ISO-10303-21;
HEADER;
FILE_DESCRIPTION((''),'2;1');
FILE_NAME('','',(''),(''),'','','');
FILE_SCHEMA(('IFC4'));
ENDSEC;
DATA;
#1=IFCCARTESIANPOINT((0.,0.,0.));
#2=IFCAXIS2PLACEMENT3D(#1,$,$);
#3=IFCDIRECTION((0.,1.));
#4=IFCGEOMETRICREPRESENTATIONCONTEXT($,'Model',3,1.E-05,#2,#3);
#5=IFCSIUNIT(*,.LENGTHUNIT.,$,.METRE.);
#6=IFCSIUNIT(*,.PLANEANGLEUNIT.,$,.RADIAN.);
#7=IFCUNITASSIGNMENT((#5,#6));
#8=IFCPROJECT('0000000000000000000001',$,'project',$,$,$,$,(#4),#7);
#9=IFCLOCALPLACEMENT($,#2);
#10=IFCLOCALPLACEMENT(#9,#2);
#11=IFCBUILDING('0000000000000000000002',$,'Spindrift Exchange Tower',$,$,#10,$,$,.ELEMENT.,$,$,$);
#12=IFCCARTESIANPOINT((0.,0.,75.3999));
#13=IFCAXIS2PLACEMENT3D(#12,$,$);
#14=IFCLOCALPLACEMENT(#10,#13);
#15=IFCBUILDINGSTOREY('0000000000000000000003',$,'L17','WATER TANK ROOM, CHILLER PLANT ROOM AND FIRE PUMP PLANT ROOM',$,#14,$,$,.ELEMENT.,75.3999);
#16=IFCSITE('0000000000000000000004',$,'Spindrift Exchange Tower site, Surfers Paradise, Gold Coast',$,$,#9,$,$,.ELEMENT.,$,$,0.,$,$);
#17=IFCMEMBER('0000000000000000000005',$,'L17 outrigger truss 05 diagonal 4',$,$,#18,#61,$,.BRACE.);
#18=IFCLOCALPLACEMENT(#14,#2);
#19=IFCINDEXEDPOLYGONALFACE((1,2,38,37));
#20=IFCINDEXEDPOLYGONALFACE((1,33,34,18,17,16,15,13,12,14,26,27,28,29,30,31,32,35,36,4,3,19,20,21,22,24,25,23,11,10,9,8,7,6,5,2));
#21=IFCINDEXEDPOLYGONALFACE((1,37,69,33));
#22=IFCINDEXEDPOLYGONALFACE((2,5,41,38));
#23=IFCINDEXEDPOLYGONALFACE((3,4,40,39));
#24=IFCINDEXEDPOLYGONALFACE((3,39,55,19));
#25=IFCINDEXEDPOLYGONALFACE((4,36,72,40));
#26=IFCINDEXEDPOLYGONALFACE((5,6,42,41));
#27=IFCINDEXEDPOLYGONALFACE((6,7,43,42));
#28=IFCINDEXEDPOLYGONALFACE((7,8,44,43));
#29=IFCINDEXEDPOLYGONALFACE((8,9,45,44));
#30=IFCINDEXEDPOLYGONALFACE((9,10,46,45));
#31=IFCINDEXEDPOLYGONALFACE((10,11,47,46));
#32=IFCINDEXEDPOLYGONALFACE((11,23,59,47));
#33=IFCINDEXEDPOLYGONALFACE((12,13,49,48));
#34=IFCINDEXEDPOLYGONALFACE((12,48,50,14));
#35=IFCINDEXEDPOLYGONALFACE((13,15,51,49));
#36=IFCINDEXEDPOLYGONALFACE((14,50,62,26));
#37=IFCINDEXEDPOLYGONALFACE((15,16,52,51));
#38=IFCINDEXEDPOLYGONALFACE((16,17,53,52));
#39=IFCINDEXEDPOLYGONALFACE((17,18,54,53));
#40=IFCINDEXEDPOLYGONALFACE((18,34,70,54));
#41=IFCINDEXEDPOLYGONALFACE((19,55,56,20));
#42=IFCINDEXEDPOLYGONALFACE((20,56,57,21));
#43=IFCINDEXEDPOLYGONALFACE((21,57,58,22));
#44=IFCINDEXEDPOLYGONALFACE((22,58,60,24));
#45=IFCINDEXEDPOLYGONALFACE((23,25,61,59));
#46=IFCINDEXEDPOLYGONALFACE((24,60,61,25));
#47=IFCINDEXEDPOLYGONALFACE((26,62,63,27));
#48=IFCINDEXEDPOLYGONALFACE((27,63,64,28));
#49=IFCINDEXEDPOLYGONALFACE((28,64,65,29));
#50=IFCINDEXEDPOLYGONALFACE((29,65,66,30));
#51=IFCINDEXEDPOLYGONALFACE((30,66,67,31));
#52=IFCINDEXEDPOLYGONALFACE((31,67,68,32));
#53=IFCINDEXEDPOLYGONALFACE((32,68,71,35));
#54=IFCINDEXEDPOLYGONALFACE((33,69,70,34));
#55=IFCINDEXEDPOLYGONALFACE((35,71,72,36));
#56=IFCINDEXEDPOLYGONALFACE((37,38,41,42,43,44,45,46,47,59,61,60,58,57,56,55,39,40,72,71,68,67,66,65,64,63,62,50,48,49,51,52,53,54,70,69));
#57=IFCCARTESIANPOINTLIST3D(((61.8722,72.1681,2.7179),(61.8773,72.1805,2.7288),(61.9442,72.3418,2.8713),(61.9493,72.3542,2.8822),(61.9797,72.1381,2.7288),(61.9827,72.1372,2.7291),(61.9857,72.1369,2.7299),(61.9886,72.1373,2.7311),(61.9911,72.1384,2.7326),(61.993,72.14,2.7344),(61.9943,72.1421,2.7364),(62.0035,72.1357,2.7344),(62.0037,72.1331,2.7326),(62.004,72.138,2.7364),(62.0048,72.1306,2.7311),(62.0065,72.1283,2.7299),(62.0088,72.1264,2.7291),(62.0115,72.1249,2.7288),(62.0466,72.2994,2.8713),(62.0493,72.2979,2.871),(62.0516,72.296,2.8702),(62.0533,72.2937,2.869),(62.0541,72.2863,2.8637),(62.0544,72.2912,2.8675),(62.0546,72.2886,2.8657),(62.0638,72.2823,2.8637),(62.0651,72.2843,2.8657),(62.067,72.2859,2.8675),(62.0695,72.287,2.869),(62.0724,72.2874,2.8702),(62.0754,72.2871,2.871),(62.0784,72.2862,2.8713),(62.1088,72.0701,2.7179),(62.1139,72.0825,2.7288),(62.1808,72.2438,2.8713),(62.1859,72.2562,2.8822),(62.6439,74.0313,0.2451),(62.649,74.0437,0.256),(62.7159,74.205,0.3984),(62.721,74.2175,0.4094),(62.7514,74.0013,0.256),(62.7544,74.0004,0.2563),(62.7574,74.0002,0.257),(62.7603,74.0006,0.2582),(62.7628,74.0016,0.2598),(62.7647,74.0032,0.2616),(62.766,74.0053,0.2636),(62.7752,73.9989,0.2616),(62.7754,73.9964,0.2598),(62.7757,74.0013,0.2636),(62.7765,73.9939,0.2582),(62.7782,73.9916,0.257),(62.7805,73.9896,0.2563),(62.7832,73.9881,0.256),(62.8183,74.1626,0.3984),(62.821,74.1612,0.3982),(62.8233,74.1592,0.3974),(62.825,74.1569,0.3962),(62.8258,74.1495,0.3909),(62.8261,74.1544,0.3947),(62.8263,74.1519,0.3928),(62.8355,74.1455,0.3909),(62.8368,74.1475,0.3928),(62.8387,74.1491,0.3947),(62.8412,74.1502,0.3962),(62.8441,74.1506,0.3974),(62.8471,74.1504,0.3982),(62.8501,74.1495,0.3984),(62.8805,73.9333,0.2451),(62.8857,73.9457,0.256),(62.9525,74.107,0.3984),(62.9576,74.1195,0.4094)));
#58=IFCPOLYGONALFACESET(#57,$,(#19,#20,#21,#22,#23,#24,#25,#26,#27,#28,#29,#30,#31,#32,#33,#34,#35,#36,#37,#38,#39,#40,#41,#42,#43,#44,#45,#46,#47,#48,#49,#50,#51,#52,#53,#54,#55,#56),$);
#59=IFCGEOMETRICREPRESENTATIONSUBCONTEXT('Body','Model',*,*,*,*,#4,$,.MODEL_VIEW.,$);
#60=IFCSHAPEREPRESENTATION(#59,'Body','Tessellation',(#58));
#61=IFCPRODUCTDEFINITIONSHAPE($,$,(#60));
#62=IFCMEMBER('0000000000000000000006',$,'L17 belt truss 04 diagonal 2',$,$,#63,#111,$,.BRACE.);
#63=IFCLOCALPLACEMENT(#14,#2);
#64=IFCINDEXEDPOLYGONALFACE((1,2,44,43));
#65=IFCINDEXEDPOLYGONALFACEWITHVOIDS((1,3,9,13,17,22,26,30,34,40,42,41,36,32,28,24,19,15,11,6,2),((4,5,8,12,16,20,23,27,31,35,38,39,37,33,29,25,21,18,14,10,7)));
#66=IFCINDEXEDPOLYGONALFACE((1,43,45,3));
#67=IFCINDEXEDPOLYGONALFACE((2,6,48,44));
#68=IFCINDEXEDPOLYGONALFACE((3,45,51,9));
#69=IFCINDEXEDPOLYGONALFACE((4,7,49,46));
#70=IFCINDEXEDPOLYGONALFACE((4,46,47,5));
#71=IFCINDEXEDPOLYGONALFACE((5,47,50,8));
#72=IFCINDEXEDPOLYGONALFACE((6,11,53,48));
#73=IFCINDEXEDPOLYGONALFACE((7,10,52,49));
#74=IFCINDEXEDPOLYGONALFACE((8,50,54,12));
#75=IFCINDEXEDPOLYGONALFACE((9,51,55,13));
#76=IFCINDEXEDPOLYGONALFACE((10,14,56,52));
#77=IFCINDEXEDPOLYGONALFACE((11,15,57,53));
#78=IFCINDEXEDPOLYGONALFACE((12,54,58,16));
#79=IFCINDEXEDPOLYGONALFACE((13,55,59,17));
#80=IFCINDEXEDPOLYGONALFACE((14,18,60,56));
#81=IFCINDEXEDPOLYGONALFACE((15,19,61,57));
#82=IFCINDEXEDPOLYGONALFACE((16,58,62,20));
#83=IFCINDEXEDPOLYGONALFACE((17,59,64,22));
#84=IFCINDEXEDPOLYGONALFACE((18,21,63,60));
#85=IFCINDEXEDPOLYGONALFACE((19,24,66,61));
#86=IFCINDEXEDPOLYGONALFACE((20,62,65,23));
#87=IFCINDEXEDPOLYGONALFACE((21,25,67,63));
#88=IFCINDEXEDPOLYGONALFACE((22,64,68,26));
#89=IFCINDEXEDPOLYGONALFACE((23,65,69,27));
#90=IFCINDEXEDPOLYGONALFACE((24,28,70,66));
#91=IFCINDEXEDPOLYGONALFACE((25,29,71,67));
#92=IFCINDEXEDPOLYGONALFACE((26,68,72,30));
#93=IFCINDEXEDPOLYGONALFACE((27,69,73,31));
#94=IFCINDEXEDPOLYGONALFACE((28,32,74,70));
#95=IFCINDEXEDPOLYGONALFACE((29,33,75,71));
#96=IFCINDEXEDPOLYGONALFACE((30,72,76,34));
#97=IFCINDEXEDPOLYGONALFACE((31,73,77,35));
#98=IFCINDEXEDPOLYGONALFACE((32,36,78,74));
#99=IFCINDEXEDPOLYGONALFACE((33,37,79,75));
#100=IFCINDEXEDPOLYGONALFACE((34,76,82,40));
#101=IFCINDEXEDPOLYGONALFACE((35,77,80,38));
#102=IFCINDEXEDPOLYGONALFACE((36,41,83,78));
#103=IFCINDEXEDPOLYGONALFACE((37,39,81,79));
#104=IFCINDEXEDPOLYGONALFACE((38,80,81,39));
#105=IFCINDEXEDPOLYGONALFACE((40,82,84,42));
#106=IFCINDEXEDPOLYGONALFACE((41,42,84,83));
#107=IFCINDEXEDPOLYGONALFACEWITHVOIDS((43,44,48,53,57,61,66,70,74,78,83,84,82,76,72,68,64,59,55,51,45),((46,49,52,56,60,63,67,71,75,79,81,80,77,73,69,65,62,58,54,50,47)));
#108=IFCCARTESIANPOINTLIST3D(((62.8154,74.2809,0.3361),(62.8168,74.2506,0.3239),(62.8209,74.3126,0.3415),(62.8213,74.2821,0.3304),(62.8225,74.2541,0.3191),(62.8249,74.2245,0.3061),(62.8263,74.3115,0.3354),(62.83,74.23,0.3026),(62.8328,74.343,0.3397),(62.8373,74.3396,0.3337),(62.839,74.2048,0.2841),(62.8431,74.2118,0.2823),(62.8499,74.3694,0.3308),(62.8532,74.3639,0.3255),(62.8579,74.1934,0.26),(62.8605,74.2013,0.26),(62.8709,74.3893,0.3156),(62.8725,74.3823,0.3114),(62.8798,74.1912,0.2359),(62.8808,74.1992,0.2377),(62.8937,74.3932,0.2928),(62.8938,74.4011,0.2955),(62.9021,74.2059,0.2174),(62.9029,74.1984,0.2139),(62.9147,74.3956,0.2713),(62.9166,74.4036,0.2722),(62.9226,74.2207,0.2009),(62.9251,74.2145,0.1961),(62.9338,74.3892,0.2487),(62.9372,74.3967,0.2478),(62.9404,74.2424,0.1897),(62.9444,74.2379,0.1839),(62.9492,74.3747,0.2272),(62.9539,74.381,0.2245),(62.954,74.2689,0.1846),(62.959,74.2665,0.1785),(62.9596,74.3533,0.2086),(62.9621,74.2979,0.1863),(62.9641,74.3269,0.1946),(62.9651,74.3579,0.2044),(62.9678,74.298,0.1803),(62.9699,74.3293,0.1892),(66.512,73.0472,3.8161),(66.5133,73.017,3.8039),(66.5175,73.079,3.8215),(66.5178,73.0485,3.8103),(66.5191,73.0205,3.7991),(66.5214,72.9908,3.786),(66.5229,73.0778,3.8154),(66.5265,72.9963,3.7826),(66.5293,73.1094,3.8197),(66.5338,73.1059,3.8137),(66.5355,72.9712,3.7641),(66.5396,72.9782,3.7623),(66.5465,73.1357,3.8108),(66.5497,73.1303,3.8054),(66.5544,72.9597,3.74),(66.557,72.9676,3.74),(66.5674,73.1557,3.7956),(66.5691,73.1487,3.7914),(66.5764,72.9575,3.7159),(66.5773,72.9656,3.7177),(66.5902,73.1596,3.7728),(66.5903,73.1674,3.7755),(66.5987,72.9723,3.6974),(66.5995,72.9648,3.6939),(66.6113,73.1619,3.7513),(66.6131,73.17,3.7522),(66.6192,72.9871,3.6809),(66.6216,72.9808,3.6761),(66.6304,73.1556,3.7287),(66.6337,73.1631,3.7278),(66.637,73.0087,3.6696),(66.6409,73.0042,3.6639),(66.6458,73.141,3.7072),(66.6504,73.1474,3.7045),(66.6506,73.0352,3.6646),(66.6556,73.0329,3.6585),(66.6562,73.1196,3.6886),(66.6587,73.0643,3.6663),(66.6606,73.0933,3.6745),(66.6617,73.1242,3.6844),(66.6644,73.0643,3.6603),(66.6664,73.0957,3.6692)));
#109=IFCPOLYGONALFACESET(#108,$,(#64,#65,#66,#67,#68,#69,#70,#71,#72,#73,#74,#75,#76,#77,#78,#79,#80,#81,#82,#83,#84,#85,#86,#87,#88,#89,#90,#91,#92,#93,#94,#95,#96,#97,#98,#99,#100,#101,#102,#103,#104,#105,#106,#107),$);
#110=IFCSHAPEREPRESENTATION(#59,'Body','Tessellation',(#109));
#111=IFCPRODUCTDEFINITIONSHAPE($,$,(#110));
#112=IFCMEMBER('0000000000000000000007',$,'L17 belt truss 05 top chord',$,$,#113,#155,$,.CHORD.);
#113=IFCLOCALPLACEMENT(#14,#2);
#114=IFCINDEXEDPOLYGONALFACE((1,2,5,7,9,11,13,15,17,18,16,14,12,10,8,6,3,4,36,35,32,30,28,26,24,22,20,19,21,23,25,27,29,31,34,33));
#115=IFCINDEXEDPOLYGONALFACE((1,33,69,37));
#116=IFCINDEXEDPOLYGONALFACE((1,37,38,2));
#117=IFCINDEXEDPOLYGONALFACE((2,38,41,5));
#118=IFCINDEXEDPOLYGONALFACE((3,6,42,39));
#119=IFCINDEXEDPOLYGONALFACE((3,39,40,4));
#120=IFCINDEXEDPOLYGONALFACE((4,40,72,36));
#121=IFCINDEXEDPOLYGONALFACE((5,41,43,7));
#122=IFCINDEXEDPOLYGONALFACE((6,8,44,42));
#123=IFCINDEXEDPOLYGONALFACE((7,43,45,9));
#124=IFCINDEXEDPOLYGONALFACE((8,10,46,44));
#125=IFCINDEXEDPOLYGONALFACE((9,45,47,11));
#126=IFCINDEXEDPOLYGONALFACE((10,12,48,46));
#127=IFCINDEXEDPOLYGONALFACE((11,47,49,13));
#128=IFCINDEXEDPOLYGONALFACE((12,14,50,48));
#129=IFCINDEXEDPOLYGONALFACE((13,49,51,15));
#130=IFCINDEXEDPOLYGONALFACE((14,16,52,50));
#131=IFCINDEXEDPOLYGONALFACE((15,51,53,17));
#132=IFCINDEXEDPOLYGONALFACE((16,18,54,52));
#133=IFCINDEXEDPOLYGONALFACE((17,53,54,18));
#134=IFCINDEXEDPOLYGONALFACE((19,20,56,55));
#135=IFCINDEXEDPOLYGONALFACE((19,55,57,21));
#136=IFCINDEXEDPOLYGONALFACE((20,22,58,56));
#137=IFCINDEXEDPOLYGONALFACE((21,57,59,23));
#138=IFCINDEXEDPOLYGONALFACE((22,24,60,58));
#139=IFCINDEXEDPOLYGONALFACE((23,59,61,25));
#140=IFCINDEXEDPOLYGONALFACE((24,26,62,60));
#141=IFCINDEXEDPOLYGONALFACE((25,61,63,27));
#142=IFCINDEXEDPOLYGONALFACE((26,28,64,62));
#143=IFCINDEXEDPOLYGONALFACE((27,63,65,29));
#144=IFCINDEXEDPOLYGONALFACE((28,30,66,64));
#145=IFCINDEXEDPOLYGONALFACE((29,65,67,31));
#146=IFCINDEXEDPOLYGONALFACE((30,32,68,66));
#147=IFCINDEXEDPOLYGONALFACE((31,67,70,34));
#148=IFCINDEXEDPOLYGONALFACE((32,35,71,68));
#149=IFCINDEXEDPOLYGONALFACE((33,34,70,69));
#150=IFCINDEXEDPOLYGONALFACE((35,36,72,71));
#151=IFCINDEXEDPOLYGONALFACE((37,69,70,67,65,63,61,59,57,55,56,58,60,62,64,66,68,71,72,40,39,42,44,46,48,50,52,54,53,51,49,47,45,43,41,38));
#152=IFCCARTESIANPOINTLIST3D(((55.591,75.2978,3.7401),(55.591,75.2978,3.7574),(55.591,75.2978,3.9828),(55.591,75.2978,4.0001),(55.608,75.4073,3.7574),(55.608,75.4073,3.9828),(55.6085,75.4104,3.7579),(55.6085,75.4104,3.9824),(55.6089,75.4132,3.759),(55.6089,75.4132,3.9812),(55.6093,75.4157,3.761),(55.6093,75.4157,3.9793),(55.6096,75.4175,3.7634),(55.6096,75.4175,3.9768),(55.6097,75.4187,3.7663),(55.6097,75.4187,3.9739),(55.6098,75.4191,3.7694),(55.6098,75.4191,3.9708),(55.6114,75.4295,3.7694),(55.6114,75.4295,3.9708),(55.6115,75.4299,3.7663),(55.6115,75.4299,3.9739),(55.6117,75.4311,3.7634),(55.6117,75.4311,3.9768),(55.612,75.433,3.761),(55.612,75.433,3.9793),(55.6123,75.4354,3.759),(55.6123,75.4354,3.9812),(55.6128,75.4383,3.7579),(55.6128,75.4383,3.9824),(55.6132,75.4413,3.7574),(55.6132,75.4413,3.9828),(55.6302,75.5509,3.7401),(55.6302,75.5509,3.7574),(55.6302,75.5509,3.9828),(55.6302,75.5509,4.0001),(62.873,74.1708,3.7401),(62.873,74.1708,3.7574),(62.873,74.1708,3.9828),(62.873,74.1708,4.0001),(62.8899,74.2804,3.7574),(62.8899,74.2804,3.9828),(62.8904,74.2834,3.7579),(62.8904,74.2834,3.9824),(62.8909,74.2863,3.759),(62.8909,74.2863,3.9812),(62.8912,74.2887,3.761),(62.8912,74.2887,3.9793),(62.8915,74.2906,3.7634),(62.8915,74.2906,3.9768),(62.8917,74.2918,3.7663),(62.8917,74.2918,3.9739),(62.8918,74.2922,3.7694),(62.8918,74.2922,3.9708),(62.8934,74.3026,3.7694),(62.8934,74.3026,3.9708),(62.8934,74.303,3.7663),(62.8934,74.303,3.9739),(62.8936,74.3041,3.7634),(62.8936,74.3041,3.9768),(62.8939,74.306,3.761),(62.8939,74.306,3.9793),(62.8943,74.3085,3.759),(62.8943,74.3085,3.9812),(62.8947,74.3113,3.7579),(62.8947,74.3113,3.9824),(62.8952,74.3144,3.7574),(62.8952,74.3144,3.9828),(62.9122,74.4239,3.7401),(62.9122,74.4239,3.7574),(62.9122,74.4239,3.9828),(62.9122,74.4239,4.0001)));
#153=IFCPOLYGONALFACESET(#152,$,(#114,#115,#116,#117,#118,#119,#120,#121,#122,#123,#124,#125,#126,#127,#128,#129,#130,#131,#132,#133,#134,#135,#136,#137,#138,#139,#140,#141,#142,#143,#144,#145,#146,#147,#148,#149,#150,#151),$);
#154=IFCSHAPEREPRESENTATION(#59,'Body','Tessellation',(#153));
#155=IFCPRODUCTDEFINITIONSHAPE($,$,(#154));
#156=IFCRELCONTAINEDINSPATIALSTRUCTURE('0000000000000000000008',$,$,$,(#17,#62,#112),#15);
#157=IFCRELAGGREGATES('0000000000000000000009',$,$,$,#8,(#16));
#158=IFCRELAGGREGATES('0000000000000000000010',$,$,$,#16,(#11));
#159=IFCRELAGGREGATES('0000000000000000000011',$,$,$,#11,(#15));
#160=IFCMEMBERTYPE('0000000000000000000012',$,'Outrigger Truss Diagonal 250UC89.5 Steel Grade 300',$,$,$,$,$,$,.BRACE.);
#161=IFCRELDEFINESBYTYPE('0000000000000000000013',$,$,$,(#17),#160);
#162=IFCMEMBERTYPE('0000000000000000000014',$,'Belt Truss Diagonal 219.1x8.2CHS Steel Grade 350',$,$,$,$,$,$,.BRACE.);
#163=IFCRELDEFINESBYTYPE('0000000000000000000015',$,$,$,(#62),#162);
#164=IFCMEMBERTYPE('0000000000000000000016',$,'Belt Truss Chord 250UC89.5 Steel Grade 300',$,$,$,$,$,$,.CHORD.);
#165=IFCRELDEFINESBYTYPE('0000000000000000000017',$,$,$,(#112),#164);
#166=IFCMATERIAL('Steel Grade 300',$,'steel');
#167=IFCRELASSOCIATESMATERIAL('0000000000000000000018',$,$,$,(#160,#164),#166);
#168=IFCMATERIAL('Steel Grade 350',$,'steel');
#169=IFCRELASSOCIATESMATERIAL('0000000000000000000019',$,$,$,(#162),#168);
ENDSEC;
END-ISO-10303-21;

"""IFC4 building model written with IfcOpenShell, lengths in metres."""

from ifc_helpers import new_model, si_unit, direction, frame, origin, origin_2d, place, context, subcontext, project, spatial, hollow_circle, i_section, extrude, source, transform, mapped, material, material_profile, profile_set, type_object, element, save


model = new_model("IFC4")

# Units and contexts
model_context = context("Model", 3, precision=1e-05, world=origin(), true_north=direction((0.0, 1.0)))
body_context = subcontext(model_context, "Body", "Model", "MODEL_VIEW")
ifc_project = project(units=[si_unit("LENGTHUNIT", "METRE"), si_unit("PLANEANGLEUNIT", "RADIAN")], contexts=[model_context])

# Site, building, storey
site_placement = place(None, origin())
site = spatial("IfcSite", under=ifc_project, at=site_placement, Name="Spindrift Exchange Tower site, Surfers Paradise, Gold Coast", CompositionType="ELEMENT", RefElevation=0.0)
building_placement = place(site_placement, origin())
building = spatial("IfcBuilding", under=site, at=building_placement, Name="Spindrift Exchange Tower", CompositionType="ELEMENT")
storey_placement = place(building_placement, frame((0.0, 0.0, 75.3999)))
storey = spatial("IfcBuildingStorey", under=building, at=storey_placement, Name="L17", Description="WATER TANK ROOM, CHILLER PLANT ROOM AND FIRE PUMP PLANT ROOM", CompositionType="ELEMENT", Elevation=75.3999)

# Shared definitions
ifc_material_1 = material(Name="Steel Grade 300", Category="steel")
ifc_material_profile_1 = material_profile(ifc_material_1, i_section(OverallWidth=0.2561, OverallDepth=0.26, WebThickness=0.0105, FlangeThickness=0.0173, FilletRadius=0.012, at=origin_2d()), Name="250UC89.5")
ifc_profile_set_1 = profile_set([ifc_material_profile_1], Name="Steel Grade 300")
member_type_1 = type_object("IfcMemberType", Name="Outrigger Truss Diagonal 250UC89.5 Steel Grade 300", PredefinedType="BRACE", material=ifc_profile_set_1)

# Members
shared_shape_1 = source(origin(), body_context, "Body", "SweptSolid", [
    extrude(i_section(OverallWidth=0.2561, OverallDepth=0.26, WebThickness=0.0105, FlangeThickness=0.0173, FilletRadius=0.012, at=origin_2d()), origin(), (0.0, 0.0, 1.0), 3.1909),
])
member_1_placement = place(storey_placement, frame((62.0291, 72.2122, 2.8), z_axis=(0.241844, 0.583914, -0.774956), x_axis=(-0.923891, 0.382655, 0.0)))
element("IfcMember", 1, at=member_1_placement, inside=storey, type_object=member_type_1, Name="L17 outrigger truss 05 diagonal 4", PredefinedType="BRACE", context=body_context, shape_type="MappedRepresentation", body=[
    mapped(shared_shape_1, transform((0.0, 0.0, 0.0), scale=1.0)),
])
ifc_material_2 = material(Name="Steel Grade 350", Category="steel")
ifc_material_profile_2 = material_profile(ifc_material_2, hollow_circle(Radius=0.1096, WallThickness=0.0083, at=origin_2d()), Name="219.1x8.2CHS")
ifc_profile_set_2 = profile_set([ifc_material_profile_2], Name="Steel Grade 350")
member_type_2 = type_object("IfcMemberType", Name="Belt Truss Diagonal 219.1x8.2CHS Steel Grade 350", PredefinedType="BRACE", material=ifc_profile_set_2)
shared_shape_2 = source(origin(), body_context, "Body", "SweptSolid", [
    extrude(hollow_circle(Radius=0.1096, WallThickness=0.0083, at=origin_2d()), origin(), (0.0, 0.0, 1.0), 5.2246),
])
member_2_placement = place(storey_placement, frame((66.5891, 73.0637, 3.74), z_axis=(-0.707524, 0.236122, -0.666075), x_axis=(-0.316566, -0.94857, 0.0)))
element("IfcMember", 2, at=member_2_placement, inside=storey, type_object=member_type_2, Name="L17 belt truss 04 diagonal 2", PredefinedType="BRACE", context=body_context, shape_type="MappedRepresentation", body=[
    mapped(shared_shape_2, transform((0.0, 0.0, 0.0), scale=1.0)),
])
ifc_material_profile_3 = material_profile(ifc_material_1, i_section(OverallWidth=0.2561, OverallDepth=0.26, WebThickness=0.0105, FlangeThickness=0.0173, FilletRadius=0.012, at=origin_2d()), Name="250UC89.5")
ifc_profile_set_3 = profile_set([ifc_material_profile_3], Name="Steel Grade 300")
member_type_3 = type_object("IfcMemberType", Name="Belt Truss Chord 250UC89.5 Steel Grade 300", PredefinedType="CHORD", material=ifc_profile_set_3)
shared_shape_3 = source(origin(), body_context, "Body", "SweptSolid", [
    extrude(i_section(OverallWidth=0.2561, OverallDepth=0.26, WebThickness=0.0105, FlangeThickness=0.0173, FilletRadius=0.012, at=origin_2d()), origin(), (0.0, 0.0, 1.0), 7.3687),
])
for number, where, z_axis, x_axis, name in (
    (3, (62.8926, 74.2974, 3.8701), (-0.988236, 0.152938, 0.0), (-0.152938, -0.988236, 0.0), "L17 belt truss 05 top chord"),
):
    element("IfcMember", number, at=place(storey_placement, frame(where, z_axis=z_axis, x_axis=x_axis)), inside=storey, type_object=member_type_3, Name=name, PredefinedType="CHORD", context=body_context, shape_type="MappedRepresentation", body=[
        mapped(shared_shape_3, transform((0.0, 0.0, 0.0), scale=1.0)),
    ])

save(model, "model.ifc")
